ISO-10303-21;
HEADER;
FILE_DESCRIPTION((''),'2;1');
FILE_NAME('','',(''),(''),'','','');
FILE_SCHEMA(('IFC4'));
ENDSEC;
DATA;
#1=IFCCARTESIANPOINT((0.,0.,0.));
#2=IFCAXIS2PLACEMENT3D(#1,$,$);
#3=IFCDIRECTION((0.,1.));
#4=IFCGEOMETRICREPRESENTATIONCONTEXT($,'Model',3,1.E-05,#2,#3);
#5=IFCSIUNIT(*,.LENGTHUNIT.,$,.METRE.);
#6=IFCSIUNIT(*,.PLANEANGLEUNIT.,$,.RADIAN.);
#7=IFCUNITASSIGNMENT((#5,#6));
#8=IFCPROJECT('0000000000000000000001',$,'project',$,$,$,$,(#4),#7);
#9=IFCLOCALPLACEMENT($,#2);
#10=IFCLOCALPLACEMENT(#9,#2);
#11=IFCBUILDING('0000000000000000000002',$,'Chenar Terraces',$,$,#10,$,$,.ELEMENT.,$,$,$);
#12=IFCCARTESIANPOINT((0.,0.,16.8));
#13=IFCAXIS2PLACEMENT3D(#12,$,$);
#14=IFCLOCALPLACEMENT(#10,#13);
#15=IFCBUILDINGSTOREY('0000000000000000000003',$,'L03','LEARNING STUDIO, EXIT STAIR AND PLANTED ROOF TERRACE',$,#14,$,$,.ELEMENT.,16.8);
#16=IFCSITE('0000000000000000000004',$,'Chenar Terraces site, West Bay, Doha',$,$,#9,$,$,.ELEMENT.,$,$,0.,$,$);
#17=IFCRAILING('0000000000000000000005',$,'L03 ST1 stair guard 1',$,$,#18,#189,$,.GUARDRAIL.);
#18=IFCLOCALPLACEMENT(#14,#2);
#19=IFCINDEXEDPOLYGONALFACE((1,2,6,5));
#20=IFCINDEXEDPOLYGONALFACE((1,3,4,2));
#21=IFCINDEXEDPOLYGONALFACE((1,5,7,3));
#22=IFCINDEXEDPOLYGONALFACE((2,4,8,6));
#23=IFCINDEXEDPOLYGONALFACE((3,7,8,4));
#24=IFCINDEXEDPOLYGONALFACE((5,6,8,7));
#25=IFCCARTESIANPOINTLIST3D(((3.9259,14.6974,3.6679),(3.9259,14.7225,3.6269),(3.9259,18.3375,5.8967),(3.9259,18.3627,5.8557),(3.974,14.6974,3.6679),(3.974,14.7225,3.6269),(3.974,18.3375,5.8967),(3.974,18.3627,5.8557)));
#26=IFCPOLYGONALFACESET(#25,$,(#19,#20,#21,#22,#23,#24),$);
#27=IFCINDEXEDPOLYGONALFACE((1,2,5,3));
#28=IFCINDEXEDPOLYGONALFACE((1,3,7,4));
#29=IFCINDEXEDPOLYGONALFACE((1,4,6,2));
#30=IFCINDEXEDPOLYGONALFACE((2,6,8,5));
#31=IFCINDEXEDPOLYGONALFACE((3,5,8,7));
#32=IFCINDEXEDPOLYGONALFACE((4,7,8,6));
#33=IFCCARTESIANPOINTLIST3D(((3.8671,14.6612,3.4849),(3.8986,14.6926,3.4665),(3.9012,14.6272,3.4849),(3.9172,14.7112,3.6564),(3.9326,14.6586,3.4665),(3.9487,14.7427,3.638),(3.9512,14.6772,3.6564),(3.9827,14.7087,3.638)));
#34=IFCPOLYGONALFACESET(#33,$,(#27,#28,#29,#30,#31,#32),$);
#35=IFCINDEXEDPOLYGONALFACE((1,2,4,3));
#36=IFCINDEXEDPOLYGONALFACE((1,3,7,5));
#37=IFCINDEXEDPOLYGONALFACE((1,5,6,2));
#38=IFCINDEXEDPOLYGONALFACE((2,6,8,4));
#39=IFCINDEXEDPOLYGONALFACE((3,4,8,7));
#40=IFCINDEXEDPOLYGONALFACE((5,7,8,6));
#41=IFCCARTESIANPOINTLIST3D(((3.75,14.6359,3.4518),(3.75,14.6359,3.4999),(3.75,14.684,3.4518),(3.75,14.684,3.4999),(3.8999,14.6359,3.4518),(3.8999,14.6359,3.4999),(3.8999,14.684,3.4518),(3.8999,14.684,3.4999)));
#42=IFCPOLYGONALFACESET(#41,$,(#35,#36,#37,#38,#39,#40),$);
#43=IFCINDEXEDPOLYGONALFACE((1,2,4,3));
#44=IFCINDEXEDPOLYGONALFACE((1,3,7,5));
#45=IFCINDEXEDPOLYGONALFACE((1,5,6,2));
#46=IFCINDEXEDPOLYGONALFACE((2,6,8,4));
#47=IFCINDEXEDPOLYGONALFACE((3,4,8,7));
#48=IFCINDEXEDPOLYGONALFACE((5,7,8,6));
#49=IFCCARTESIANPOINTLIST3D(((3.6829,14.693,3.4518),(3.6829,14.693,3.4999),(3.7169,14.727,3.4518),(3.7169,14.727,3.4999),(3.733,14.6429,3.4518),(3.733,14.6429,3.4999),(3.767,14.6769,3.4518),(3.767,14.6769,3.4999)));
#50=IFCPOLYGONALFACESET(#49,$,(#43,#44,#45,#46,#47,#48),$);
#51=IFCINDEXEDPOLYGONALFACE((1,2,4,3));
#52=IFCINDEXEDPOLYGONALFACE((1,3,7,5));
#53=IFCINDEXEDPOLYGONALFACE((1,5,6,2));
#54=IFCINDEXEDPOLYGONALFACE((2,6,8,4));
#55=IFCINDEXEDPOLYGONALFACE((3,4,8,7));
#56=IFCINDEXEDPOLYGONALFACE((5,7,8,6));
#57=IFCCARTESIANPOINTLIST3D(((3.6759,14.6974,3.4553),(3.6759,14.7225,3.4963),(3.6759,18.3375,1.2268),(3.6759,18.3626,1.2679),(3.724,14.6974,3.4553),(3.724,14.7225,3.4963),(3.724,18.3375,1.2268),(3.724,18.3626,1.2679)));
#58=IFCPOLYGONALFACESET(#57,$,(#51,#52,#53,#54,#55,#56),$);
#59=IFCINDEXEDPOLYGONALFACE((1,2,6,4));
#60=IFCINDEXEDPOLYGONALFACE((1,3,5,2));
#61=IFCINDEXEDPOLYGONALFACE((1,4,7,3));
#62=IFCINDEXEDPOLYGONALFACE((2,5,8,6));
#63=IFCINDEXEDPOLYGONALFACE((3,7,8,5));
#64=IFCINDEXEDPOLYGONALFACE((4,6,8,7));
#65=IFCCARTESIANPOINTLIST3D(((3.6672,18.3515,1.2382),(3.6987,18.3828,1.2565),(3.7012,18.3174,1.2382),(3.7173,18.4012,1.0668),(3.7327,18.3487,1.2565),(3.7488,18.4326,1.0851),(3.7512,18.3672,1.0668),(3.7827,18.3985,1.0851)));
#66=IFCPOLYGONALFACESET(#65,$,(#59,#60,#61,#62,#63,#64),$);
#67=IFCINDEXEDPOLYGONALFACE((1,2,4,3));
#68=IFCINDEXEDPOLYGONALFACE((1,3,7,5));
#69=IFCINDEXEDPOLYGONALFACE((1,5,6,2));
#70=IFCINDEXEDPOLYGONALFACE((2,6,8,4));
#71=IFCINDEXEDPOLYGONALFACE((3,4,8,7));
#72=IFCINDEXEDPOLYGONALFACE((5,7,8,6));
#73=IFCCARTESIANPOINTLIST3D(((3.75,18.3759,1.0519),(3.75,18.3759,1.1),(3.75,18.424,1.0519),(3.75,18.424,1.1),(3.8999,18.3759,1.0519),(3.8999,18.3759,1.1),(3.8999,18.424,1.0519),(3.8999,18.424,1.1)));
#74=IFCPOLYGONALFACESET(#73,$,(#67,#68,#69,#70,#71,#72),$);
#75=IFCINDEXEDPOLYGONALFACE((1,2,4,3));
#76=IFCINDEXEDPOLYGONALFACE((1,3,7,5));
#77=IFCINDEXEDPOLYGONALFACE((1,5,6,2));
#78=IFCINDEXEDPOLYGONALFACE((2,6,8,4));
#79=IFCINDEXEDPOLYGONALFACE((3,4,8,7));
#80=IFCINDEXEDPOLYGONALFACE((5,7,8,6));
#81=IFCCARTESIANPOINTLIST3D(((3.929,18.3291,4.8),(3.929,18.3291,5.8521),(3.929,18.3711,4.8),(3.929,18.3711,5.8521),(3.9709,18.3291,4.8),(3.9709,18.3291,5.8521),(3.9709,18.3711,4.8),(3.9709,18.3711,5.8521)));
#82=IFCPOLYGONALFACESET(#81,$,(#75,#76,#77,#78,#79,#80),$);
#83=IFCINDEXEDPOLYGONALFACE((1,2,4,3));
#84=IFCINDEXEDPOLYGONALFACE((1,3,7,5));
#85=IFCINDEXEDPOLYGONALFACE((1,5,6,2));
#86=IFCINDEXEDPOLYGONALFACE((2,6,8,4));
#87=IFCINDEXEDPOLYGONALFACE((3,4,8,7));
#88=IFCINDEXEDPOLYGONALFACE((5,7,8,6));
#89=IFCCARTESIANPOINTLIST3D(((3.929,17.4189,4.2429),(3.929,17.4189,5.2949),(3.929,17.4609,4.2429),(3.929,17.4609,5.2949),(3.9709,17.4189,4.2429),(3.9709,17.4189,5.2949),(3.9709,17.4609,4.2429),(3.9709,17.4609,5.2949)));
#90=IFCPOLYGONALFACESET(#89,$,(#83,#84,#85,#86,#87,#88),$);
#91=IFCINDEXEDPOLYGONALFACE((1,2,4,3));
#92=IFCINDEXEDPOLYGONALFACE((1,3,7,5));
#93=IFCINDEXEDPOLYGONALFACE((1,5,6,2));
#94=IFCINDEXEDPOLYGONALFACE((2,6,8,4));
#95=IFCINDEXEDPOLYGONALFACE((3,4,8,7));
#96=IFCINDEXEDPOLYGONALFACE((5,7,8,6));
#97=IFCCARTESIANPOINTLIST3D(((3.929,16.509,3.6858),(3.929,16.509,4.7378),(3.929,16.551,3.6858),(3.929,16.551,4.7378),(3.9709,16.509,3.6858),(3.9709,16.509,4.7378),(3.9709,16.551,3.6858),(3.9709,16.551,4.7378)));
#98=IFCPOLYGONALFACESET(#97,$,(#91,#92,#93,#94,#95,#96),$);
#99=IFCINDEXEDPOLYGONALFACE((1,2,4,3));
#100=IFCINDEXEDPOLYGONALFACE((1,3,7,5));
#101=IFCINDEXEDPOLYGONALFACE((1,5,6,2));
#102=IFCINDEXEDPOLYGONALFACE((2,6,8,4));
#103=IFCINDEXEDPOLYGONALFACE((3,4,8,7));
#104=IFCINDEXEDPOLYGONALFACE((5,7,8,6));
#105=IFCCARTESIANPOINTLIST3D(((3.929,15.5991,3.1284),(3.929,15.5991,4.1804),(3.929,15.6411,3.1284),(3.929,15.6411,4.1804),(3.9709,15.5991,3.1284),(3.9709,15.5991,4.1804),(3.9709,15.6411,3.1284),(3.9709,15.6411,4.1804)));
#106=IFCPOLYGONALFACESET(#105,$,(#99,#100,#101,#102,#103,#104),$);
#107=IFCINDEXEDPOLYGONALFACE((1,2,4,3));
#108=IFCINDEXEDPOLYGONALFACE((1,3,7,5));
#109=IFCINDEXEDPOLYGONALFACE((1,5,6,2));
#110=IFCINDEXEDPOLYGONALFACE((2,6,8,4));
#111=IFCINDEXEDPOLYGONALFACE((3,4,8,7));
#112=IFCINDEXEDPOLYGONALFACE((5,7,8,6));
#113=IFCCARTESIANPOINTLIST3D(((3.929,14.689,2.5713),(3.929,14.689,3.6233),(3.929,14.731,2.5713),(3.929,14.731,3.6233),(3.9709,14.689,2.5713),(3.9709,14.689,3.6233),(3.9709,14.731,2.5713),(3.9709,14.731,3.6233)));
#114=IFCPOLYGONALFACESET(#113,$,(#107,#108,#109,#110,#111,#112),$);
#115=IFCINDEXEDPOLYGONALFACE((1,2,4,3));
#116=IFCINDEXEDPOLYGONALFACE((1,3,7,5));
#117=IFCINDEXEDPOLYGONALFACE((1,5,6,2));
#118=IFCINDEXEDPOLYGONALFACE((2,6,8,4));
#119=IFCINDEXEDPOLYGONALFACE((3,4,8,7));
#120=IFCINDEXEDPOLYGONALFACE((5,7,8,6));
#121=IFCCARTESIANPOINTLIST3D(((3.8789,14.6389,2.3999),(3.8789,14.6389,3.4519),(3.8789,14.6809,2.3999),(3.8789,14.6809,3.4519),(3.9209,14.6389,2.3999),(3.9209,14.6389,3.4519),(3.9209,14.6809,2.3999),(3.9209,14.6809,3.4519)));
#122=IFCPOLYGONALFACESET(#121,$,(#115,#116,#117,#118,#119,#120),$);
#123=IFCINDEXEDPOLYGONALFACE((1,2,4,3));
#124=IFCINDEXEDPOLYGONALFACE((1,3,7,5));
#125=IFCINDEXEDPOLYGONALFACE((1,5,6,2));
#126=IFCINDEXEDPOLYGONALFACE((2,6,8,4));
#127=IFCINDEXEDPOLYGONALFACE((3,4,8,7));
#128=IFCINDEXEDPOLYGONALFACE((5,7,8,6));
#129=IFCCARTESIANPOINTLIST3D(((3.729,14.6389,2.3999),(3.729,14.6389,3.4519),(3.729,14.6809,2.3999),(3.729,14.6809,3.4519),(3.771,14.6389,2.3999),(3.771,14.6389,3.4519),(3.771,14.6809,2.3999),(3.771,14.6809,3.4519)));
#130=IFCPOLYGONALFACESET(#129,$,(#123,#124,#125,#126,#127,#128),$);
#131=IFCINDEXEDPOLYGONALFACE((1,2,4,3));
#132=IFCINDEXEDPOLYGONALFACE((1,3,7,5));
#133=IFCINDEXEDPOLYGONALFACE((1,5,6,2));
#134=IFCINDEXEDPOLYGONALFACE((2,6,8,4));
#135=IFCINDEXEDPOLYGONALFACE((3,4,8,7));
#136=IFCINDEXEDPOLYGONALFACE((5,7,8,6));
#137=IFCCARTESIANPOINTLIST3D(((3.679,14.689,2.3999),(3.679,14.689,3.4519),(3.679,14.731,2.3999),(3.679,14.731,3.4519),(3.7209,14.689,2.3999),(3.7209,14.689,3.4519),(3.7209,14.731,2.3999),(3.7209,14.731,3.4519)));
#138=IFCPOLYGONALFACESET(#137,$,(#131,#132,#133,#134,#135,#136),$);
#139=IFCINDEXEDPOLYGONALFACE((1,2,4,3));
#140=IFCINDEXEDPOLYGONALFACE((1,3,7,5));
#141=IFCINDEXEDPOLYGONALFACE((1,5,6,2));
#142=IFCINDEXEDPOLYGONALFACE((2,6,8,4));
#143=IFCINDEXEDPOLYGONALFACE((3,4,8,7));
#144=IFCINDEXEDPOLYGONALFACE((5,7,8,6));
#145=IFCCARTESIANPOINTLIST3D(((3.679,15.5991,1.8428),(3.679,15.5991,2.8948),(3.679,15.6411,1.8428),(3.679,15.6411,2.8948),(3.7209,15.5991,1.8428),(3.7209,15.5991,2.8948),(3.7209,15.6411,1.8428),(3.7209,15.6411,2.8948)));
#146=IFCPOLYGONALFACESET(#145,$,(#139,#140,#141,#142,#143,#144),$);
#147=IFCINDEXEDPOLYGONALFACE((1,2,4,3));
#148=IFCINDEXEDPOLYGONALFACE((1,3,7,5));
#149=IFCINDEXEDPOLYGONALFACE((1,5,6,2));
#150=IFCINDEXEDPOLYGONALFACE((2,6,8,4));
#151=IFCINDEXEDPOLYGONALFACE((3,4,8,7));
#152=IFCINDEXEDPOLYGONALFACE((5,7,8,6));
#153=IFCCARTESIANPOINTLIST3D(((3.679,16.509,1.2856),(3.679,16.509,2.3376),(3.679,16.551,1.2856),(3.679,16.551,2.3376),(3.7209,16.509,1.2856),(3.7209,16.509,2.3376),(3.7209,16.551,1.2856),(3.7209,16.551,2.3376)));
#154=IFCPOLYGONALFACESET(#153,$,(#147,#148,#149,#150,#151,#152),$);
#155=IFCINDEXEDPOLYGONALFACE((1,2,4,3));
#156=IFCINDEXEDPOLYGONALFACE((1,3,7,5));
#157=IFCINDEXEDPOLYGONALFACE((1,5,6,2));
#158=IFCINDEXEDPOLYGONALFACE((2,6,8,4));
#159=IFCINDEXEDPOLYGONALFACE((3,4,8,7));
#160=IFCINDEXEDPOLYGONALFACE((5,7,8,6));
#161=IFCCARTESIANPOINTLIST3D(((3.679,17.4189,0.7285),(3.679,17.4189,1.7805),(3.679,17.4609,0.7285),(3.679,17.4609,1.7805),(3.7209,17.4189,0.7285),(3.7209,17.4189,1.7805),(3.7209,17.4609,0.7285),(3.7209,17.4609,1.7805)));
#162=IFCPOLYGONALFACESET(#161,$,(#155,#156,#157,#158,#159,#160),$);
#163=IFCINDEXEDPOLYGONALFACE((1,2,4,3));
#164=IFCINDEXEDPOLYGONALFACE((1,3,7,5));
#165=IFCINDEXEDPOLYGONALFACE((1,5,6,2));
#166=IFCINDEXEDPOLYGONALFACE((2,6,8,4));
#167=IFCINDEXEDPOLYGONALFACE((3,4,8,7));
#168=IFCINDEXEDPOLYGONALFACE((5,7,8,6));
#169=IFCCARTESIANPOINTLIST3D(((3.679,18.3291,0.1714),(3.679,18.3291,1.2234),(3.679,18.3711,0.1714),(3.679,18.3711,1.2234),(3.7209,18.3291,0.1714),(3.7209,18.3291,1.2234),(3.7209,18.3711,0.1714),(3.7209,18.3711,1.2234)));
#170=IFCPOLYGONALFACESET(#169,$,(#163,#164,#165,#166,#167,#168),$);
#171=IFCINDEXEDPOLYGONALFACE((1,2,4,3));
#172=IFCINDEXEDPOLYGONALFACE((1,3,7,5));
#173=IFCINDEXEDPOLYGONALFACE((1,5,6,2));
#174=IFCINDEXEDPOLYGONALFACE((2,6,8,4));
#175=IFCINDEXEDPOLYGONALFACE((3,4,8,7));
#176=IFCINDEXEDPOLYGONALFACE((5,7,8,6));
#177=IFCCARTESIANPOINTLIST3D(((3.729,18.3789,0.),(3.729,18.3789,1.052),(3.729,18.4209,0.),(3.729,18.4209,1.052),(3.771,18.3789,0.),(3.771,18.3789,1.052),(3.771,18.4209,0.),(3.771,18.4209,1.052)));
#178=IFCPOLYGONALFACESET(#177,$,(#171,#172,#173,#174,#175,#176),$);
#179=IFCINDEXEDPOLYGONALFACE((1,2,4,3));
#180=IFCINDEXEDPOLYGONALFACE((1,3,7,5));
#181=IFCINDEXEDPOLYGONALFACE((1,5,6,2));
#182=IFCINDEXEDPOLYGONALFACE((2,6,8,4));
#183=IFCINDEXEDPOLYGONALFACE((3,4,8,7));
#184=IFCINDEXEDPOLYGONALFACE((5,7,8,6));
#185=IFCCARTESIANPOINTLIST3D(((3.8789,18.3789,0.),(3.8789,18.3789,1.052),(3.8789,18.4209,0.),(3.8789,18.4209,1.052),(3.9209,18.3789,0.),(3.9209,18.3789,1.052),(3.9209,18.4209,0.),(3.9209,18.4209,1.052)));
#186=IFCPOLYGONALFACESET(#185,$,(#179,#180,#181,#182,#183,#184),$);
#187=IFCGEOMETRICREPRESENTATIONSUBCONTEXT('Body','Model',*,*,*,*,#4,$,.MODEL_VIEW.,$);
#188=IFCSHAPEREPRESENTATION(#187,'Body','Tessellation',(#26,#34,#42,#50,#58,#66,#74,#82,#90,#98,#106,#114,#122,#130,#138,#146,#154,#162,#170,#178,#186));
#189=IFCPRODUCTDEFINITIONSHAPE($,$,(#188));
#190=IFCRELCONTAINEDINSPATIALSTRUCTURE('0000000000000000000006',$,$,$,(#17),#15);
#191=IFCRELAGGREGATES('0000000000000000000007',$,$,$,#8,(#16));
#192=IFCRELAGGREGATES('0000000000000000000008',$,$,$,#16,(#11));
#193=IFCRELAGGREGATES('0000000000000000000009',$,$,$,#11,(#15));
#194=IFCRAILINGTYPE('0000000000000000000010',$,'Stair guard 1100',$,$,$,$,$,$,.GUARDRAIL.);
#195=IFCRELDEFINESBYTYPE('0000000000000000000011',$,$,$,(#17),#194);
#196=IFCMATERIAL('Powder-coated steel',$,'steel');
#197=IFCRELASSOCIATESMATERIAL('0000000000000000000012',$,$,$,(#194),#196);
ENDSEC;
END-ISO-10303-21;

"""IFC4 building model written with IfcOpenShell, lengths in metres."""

from ifc_helpers import new_model, si_unit, direction, frame, origin, origin_2d, place, context, subcontext, project, spatial, rectangle, extrude, material, type_object, element, save


model = new_model("IFC4")

# Units and contexts
model_context = context("Model", 3, precision=1e-05, world=origin(), true_north=direction((0.0, 1.0)))
body_context = subcontext(model_context, "Body", "Model", "MODEL_VIEW")
ifc_project = project(units=[si_unit("LENGTHUNIT", "METRE"), si_unit("PLANEANGLEUNIT", "RADIAN")], contexts=[model_context])

# Site, building, storey
site_placement = place(None, origin())
site = spatial("IfcSite", under=ifc_project, at=site_placement, Name="Chenar Terraces site, West Bay, Doha", CompositionType="ELEMENT", RefElevation=0.0)
building_placement = place(site_placement, origin())
building = spatial("IfcBuilding", under=site, at=building_placement, Name="Chenar Terraces", CompositionType="ELEMENT")
storey_placement = place(building_placement, frame((0.0, 0.0, 16.8)))
storey = spatial("IfcBuildingStorey", under=building, at=storey_placement, Name="L03", Description="LEARNING STUDIO, EXIT STAIR AND PLANTED ROOF TERRACE", CompositionType="ELEMENT", Elevation=16.8)

# Railing
ifc_material_1 = material(Name="Powder-coated steel", Category="steel")
railing_type_1 = type_object("IfcRailingType", Name="Stair guard 1100", PredefinedType="GUARDRAIL", material=ifc_material_1)
railing_1_placement = place(storey_placement, frame((3.95, 18.3501, 4.8)))
element("IfcRailing", 1, at=railing_1_placement, inside=storey, type_object=railing_type_1, Name="L03 ST1 stair guard 1", PredefinedType="GUARDRAIL", context=body_context, shape_type="SweptSolid", body=[
    extrude(rectangle(XDim=0.0481, YDim=0.0481, at=origin_2d()), frame((0.0, 0.0, 1.0762), z_axis=(0.0, -0.85284, -0.522172), x_axis=(1.0, 0.0, 0.0)), (0.0, 0.0, 1.0), 4.2683),
    extrude(rectangle(XDim=0.0481, YDim=0.0481, at=origin_2d()), frame((0.0, -3.6401, -1.1528), z_axis=(-0.269911, -0.269911, -0.924281), x_axis=(0.707107, -0.707107, 0.0)), (0.0, 0.0, 1.0), 0.1855),
    extrude(rectangle(XDim=0.0481, YDim=0.0481, at=origin_2d()), frame((-0.05, -3.6902, -1.3242), z_axis=(-1.0, 0.0, 0.0), x_axis=(0.0, -1.0, 0.0)), (0.0, 0.0, 1.0), 0.1499),
    extrude(rectangle(XDim=0.0481, YDim=0.0481, at=origin_2d()), frame((-0.2, -3.6902, -1.3242), z_axis=(-0.707107, 0.707107, 0.0), x_axis=(-0.707107, -0.707107, 0.0)), (0.0, 0.0, 1.0), 0.0708),
    extrude(rectangle(XDim=0.0481, YDim=0.0481, at=origin_2d()), frame((-0.25, -3.6401, -1.3242), z_axis=(0.0, 0.852866, -0.52213), x_axis=(-1.0, 0.0, 0.0)), (0.0, 0.0, 1.0), 4.2681),
    extrude(rectangle(XDim=0.0481, YDim=0.0481, at=origin_2d()), frame((-0.25, 0.0, -3.5527), z_axis=(0.270007, 0.26869, -0.924609), x_axis=(-0.705376, 0.708834, 0.0)), (0.0, 0.0, 1.0), 0.1853),
    extrude(rectangle(XDim=0.0481, YDim=0.0481, at=origin_2d()), frame((-0.2, 0.0498, -3.7241), z_axis=(1.0, 0.0, 0.0), x_axis=(0.0, 1.0, 0.0)), (0.0, 0.0, 1.0), 0.1499),
    extrude(rectangle(XDim=0.042, YDim=0.042, at=origin_2d()), origin(), (0.0, 0.0, 1.0), 1.052),
    extrude(rectangle(XDim=0.042, YDim=0.042, at=origin_2d()), frame((0.0, -0.9102, -0.5571)), (0.0, 0.0, 1.0), 1.052),
    extrude(rectangle(XDim=0.042, YDim=0.042, at=origin_2d()), frame((0.0, -1.8201, -1.1143)), (0.0, 0.0, 1.0), 1.052),
    extrude(rectangle(XDim=0.042, YDim=0.042, at=origin_2d()), frame((0.0, -2.73, -1.6716)), (0.0, 0.0, 1.0), 1.052),
    extrude(rectangle(XDim=0.042, YDim=0.042, at=origin_2d()), frame((0.0, -3.6401, -2.2288)), (0.0, 0.0, 1.0), 1.052),
    extrude(rectangle(XDim=0.042, YDim=0.042, at=origin_2d()), frame((-0.05, -3.6902, -2.4001)), (0.0, 0.0, 1.0), 1.052),
    extrude(rectangle(XDim=0.042, YDim=0.042, at=origin_2d()), frame((-0.2, -3.6902, -2.4001)), (0.0, 0.0, 1.0), 1.052),
    extrude(rectangle(XDim=0.042, YDim=0.042, at=origin_2d()), frame((-0.25, -3.6401, -2.4001)), (0.0, 0.0, 1.0), 1.052),
    extrude(rectangle(XDim=0.042, YDim=0.042, at=origin_2d()), frame((-0.25, -2.73, -2.9573)), (0.0, 0.0, 1.0), 1.052),
    extrude(rectangle(XDim=0.042, YDim=0.042, at=origin_2d()), frame((-0.25, -1.8201, -3.5144)), (0.0, 0.0, 1.0), 1.052),
    extrude(rectangle(XDim=0.042, YDim=0.042, at=origin_2d()), frame((-0.25, -0.9102, -4.0715)), (0.0, 0.0, 1.0), 1.052),
    extrude(rectangle(XDim=0.042, YDim=0.042, at=origin_2d()), frame((-0.25, 0.0, -4.6287)), (0.0, 0.0, 1.0), 1.052),
    extrude(rectangle(XDim=0.042, YDim=0.042, at=origin_2d()), frame((-0.2, 0.0498, -4.8)), (0.0, 0.0, 1.0), 1.052),
    extrude(rectangle(XDim=0.042, YDim=0.042, at=origin_2d()), frame((-0.05, 0.0498, -4.8)), (0.0, 0.0, 1.0), 1.052),
])

save(model, "model.ifc")
